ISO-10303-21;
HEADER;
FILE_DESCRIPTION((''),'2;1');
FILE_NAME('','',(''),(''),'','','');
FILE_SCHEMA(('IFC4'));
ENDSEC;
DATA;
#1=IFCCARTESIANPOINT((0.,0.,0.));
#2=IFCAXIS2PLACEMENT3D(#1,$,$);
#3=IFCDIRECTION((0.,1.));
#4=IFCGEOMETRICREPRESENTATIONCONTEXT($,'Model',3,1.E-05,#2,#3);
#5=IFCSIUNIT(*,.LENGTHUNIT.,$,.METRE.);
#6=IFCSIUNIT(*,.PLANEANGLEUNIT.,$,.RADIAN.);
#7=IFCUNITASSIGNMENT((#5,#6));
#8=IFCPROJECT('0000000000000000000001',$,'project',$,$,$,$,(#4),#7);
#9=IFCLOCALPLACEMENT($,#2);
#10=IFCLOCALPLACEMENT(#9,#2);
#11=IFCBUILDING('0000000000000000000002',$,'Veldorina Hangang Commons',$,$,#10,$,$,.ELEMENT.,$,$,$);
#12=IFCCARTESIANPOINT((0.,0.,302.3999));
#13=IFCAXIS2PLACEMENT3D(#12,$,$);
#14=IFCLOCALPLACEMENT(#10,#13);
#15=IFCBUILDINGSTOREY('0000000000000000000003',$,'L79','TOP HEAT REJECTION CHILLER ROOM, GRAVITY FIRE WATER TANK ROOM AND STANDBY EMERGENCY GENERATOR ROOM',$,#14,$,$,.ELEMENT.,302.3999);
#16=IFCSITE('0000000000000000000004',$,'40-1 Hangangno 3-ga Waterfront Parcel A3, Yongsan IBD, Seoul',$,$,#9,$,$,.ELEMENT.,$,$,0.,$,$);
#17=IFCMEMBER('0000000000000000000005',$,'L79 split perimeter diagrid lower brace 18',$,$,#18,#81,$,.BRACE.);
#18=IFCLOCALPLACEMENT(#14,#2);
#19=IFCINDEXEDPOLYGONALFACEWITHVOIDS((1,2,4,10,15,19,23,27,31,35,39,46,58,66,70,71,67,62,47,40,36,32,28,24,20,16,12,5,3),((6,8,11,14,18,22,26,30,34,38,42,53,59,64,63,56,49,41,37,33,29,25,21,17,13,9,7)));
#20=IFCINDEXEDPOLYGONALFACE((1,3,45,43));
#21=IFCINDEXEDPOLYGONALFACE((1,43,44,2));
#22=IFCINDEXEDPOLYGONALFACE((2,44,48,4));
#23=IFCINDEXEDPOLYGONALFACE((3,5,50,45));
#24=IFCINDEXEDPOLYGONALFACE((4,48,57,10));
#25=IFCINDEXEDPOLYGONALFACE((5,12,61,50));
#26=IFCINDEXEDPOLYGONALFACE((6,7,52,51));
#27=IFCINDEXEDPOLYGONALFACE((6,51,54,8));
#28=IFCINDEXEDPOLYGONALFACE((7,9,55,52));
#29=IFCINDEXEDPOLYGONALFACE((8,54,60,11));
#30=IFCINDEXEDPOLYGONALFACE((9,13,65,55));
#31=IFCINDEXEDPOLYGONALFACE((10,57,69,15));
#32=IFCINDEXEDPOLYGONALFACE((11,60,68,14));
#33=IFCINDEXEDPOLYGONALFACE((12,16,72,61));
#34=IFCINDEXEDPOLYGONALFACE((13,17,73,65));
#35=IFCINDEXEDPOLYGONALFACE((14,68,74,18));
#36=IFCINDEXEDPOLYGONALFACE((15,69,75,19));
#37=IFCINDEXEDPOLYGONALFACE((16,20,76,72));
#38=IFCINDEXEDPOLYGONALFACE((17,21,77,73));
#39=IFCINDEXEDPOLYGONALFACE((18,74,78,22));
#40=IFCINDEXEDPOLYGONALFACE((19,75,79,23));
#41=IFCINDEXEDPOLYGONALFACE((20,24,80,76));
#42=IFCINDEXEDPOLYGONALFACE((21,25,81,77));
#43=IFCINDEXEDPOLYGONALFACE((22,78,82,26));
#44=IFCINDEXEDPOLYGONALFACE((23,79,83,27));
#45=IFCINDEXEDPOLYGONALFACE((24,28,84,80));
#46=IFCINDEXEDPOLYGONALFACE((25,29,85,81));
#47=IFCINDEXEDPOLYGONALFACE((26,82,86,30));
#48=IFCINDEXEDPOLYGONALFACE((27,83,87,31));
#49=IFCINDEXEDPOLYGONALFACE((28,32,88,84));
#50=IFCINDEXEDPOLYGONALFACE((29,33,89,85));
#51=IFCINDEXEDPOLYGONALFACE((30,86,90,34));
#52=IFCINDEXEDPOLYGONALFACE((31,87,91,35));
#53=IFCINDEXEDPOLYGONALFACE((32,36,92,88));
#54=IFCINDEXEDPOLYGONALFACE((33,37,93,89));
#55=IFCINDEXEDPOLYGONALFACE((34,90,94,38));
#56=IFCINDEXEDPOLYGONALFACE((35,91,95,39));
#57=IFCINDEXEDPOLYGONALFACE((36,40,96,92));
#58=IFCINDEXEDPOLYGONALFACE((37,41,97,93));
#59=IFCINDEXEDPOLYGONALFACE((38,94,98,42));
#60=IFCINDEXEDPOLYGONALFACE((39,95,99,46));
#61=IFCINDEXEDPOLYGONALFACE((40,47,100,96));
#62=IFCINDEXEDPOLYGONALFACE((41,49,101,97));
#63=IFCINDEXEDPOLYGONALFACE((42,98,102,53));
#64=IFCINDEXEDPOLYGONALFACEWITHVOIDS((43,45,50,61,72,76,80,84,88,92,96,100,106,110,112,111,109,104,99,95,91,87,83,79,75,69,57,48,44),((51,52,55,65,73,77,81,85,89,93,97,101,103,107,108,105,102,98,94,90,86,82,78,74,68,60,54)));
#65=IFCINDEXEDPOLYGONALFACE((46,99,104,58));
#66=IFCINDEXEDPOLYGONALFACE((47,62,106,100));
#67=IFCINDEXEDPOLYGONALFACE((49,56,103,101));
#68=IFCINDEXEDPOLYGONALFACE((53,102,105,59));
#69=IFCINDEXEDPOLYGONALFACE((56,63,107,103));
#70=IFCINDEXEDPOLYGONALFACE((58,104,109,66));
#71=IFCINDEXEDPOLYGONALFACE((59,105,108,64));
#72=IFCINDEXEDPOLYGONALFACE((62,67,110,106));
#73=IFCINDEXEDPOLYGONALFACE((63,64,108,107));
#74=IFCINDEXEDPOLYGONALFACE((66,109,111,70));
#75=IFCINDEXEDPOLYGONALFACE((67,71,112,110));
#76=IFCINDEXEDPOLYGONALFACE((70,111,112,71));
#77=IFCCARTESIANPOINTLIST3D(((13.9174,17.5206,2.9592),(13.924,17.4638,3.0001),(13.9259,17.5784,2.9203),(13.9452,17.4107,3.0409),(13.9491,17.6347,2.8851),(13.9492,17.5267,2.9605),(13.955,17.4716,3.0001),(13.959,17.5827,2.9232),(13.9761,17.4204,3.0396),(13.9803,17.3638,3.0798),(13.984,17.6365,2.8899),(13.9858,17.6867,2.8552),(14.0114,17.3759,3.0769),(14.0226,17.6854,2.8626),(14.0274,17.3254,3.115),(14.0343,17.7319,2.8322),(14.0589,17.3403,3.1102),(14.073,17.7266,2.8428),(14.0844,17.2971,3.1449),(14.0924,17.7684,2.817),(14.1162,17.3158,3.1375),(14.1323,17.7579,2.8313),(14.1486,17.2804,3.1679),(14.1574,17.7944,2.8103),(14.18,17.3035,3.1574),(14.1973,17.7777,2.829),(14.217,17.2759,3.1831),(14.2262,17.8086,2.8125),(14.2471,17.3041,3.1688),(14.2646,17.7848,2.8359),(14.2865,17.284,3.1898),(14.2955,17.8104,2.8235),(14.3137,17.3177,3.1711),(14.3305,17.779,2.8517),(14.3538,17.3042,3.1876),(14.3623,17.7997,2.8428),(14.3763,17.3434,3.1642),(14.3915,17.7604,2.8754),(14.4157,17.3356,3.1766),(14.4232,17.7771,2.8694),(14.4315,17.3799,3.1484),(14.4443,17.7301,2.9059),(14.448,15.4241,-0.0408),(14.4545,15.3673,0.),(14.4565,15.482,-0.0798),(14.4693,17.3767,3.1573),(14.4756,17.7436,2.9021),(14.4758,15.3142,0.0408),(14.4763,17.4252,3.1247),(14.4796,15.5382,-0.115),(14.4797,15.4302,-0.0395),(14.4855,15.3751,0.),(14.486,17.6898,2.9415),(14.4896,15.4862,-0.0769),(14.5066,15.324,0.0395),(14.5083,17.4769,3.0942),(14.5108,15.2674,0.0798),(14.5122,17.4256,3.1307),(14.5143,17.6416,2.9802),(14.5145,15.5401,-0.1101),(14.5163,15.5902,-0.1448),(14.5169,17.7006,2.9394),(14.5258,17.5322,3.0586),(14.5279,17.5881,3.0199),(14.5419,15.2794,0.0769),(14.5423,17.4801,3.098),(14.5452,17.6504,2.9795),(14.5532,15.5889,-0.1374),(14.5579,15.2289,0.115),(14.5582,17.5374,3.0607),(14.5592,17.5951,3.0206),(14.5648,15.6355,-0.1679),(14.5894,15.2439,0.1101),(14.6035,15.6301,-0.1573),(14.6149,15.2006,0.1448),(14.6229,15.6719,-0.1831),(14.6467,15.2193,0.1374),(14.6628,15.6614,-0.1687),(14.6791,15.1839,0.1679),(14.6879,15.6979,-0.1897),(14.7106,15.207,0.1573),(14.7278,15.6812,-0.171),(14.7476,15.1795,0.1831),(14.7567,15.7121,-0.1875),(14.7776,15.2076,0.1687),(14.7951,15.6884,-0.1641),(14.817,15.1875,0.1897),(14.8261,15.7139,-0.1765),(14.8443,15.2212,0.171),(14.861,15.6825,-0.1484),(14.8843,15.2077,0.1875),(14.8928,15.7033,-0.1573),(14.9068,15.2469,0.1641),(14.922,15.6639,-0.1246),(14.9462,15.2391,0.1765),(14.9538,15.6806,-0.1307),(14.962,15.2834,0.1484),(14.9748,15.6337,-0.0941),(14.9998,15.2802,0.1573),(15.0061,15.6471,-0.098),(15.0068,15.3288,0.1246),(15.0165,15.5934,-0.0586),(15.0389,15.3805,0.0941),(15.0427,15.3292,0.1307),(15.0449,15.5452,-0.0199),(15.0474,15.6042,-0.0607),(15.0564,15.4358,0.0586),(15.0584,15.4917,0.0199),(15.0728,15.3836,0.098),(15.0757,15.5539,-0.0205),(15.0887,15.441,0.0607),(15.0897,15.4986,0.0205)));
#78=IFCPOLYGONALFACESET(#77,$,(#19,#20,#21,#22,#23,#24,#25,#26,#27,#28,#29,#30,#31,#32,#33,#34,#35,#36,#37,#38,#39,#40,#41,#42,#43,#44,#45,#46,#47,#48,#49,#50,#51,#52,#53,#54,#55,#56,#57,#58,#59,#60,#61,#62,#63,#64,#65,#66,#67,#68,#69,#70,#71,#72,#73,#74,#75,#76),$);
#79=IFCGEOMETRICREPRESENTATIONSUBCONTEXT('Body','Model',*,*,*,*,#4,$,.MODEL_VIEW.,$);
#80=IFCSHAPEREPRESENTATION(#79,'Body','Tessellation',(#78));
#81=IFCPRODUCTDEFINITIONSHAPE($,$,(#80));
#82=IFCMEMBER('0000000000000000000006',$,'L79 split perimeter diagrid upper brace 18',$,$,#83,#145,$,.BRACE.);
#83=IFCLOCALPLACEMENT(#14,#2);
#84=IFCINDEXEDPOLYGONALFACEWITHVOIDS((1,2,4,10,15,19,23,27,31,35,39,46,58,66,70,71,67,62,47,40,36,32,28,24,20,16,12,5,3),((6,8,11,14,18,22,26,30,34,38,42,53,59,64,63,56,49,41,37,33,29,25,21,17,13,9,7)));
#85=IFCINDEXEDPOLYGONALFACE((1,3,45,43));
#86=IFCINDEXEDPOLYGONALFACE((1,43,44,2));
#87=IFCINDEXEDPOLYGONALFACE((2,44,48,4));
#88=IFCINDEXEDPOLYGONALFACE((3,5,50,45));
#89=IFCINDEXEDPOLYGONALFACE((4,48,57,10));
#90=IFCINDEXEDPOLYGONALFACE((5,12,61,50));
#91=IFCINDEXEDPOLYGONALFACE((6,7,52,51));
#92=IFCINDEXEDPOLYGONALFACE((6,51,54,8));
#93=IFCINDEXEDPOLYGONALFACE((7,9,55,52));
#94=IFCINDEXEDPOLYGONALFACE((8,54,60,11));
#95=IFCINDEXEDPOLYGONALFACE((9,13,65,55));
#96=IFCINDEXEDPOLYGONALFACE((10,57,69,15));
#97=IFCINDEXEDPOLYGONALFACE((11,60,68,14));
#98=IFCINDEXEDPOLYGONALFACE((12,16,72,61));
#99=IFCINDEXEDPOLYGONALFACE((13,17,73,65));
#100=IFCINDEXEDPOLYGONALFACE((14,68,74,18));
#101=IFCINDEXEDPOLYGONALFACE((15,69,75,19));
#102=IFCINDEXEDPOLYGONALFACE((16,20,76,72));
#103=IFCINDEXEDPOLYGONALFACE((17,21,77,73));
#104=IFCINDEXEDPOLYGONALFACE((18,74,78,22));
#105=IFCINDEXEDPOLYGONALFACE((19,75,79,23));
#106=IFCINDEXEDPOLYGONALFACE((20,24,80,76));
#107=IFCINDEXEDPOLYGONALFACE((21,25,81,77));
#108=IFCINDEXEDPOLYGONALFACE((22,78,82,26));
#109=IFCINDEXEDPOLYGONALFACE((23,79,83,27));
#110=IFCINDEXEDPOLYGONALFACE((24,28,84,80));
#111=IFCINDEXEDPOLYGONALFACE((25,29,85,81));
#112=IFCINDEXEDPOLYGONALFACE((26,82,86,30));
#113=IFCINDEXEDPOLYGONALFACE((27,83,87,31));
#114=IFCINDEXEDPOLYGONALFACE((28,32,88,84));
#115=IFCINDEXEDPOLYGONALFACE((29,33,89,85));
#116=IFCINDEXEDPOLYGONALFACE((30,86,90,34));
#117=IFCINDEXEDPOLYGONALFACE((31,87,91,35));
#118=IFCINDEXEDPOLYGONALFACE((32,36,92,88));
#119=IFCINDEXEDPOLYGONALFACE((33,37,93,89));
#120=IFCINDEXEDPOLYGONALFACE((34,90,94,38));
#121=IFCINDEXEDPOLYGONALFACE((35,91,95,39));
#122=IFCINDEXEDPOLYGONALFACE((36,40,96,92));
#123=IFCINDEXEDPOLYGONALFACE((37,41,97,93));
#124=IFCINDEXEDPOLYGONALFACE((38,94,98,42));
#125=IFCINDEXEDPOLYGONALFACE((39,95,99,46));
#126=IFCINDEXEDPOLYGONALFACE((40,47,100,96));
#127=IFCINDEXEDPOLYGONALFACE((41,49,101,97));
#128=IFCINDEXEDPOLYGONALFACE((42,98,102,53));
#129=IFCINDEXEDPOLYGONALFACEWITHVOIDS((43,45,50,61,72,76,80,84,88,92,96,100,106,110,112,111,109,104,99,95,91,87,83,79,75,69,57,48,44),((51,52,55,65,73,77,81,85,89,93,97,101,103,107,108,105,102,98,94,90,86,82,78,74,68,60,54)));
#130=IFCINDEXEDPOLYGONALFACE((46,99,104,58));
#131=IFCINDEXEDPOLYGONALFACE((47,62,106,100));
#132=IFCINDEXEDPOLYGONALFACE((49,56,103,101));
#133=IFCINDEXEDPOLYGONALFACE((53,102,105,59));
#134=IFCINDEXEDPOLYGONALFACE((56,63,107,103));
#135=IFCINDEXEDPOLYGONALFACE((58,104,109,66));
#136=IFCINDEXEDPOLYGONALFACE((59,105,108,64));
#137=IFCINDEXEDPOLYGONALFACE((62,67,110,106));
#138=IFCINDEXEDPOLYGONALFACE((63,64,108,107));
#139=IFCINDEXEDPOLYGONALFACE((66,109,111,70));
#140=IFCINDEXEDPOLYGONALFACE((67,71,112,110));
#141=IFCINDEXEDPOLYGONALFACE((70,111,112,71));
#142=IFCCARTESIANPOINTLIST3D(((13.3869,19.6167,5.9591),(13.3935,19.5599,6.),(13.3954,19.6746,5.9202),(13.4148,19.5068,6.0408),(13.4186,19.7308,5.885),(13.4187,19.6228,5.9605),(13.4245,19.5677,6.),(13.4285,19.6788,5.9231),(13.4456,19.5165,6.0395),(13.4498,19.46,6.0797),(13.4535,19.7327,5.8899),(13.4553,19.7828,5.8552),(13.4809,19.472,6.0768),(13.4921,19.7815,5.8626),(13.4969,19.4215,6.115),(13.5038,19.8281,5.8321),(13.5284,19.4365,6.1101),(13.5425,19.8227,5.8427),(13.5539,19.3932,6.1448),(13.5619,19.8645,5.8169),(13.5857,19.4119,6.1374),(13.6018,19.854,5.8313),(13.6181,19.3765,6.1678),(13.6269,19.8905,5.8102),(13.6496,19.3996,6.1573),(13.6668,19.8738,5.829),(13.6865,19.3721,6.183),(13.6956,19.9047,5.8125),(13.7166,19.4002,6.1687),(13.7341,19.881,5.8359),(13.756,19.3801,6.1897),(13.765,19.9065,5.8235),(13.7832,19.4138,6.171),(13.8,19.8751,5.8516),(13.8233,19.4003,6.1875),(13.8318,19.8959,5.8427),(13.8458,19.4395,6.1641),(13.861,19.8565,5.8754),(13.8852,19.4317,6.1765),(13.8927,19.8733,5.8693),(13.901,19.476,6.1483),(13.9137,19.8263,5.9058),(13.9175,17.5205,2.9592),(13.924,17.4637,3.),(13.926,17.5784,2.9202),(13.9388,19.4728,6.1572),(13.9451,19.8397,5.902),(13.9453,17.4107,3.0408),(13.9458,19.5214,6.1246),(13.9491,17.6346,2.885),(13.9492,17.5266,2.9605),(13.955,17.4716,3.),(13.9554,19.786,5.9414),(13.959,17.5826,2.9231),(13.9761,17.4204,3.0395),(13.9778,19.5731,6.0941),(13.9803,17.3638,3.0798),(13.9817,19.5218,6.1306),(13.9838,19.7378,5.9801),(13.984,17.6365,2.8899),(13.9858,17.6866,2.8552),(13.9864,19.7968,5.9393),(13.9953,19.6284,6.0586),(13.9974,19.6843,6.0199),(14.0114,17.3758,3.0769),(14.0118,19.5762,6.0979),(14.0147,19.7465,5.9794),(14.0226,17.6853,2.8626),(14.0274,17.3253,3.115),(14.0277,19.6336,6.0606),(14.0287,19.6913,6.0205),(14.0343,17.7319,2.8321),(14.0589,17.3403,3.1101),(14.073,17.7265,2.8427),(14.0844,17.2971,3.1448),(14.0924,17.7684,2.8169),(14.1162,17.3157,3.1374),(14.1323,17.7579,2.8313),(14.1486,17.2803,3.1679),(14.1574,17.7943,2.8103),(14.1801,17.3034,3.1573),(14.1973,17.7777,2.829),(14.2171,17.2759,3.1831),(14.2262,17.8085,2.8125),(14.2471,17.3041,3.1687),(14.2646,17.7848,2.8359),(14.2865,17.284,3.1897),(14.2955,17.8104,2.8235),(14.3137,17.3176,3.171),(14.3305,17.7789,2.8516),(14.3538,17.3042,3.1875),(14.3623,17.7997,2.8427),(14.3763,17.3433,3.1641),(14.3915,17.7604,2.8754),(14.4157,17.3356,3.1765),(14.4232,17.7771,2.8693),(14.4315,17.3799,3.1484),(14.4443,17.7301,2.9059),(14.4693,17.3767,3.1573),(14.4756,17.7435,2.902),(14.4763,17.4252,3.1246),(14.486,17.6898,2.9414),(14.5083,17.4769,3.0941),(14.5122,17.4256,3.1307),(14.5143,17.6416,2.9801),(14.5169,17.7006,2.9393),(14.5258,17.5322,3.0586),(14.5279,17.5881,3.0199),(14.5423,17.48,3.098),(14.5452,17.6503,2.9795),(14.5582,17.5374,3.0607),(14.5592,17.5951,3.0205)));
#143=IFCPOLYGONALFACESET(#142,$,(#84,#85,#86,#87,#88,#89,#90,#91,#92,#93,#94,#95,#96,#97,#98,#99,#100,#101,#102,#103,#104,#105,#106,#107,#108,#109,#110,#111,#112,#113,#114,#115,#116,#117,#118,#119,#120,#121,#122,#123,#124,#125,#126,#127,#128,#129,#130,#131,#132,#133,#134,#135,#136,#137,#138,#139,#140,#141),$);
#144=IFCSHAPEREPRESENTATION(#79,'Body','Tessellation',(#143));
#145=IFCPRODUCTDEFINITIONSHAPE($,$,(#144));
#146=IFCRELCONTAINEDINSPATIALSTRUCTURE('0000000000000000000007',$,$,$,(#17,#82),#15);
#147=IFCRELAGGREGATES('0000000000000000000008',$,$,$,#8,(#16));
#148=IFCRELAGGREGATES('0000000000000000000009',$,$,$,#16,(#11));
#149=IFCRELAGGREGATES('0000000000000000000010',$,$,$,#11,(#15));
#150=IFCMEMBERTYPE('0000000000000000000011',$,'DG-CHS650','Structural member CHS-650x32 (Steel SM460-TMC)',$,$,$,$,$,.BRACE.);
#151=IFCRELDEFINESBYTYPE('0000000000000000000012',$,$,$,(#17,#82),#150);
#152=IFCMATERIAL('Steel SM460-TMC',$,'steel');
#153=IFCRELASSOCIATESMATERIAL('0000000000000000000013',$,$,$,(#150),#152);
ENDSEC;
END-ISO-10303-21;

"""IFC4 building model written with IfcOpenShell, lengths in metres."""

from ifc_helpers import new_model, si_unit, direction, frame, origin, origin_2d, place, context, subcontext, project, spatial, hollow_circle, extrude, material, material_profile, profile_set, type_object, element, save


model = new_model("IFC4")

# Units and contexts
model_context = context("Model", 3, precision=1e-05, world=origin(), true_north=direction((0.0, 1.0)))
body_context = subcontext(model_context, "Body", "Model", "MODEL_VIEW")
ifc_project = project(units=[si_unit("LENGTHUNIT", "METRE"), si_unit("PLANEANGLEUNIT", "RADIAN")], contexts=[model_context])

# Site, building, storey
site_placement = place(None, origin())
site = spatial("IfcSite", under=ifc_project, at=site_placement, Name="40-1 Hangangno 3-ga Waterfront Parcel A3, Yongsan IBD, Seoul", CompositionType="ELEMENT", RefElevation=0.0)
building_placement = place(site_placement, origin())
building = spatial("IfcBuilding", under=site, at=building_placement, Name="Veldorina Hangang Commons", CompositionType="ELEMENT")
storey_placement = place(building_placement, frame((0.0, 0.0, 302.3999)))
storey = spatial("IfcBuildingStorey", under=building, at=storey_placement, Name="L79", Description="TOP HEAT REJECTION CHILLER ROOM, GRAVITY FIRE WATER TANK ROOM AND STANDBY EMERGENCY GENERATOR ROOM", CompositionType="ELEMENT", Elevation=302.3999)

# Shared definitions
ifc_material_1 = material(Name="Steel SM460-TMC", Category="steel")

# Members
ifc_material_profile_1 = material_profile(ifc_material_1, hollow_circle(Radius=0.325, WallThickness=0.032, at=origin_2d()), Name="CHS-650x32")
ifc_profile_set_1 = profile_set([ifc_material_profile_1], Name="Steel SM460-TMC")
member_type_1 = type_object("IfcMemberType", Name="DG-CHS650", Description="Structural member CHS-650x32 (Steel SM460-TMC)", PredefinedType="BRACE", material=ifc_profile_set_1)
member_1_placement = place(storey_placement, frame((14.7695, 15.447, 0.0), z_axis=(-0.143454, 0.566884, 0.811211), x_axis=(-0.969441, -0.245324, 0.0)))
element("IfcMember", 1, at=member_1_placement, inside=storey, type_object=member_type_1, Name="L79 split perimeter diagrid lower brace 18", PredefinedType="BRACE", context=body_context, shape_type="SweptSolid", body=[
    extrude(hollow_circle(Radius=0.325, WallThickness=0.032, at=origin_2d()), origin(), (0.0, 0.0, 1.0), 3.6982),
])
member_2_placement = place(storey_placement, frame((14.239, 17.5435, 3.0), z_axis=(-0.143459, 0.566839, 0.811242), x_axis=(-0.969434, -0.245351, 0.0)))
element("IfcMember", 2, at=member_2_placement, inside=storey, type_object=member_type_1, Name="L79 split perimeter diagrid upper brace 18", PredefinedType="BRACE", context=body_context, shape_type="SweptSolid", body=[
    extrude(hollow_circle(Radius=0.325, WallThickness=0.032, at=origin_2d()), origin(), (0.0, 0.0, 1.0), 3.698),
])

save(model, "model.ifc")
